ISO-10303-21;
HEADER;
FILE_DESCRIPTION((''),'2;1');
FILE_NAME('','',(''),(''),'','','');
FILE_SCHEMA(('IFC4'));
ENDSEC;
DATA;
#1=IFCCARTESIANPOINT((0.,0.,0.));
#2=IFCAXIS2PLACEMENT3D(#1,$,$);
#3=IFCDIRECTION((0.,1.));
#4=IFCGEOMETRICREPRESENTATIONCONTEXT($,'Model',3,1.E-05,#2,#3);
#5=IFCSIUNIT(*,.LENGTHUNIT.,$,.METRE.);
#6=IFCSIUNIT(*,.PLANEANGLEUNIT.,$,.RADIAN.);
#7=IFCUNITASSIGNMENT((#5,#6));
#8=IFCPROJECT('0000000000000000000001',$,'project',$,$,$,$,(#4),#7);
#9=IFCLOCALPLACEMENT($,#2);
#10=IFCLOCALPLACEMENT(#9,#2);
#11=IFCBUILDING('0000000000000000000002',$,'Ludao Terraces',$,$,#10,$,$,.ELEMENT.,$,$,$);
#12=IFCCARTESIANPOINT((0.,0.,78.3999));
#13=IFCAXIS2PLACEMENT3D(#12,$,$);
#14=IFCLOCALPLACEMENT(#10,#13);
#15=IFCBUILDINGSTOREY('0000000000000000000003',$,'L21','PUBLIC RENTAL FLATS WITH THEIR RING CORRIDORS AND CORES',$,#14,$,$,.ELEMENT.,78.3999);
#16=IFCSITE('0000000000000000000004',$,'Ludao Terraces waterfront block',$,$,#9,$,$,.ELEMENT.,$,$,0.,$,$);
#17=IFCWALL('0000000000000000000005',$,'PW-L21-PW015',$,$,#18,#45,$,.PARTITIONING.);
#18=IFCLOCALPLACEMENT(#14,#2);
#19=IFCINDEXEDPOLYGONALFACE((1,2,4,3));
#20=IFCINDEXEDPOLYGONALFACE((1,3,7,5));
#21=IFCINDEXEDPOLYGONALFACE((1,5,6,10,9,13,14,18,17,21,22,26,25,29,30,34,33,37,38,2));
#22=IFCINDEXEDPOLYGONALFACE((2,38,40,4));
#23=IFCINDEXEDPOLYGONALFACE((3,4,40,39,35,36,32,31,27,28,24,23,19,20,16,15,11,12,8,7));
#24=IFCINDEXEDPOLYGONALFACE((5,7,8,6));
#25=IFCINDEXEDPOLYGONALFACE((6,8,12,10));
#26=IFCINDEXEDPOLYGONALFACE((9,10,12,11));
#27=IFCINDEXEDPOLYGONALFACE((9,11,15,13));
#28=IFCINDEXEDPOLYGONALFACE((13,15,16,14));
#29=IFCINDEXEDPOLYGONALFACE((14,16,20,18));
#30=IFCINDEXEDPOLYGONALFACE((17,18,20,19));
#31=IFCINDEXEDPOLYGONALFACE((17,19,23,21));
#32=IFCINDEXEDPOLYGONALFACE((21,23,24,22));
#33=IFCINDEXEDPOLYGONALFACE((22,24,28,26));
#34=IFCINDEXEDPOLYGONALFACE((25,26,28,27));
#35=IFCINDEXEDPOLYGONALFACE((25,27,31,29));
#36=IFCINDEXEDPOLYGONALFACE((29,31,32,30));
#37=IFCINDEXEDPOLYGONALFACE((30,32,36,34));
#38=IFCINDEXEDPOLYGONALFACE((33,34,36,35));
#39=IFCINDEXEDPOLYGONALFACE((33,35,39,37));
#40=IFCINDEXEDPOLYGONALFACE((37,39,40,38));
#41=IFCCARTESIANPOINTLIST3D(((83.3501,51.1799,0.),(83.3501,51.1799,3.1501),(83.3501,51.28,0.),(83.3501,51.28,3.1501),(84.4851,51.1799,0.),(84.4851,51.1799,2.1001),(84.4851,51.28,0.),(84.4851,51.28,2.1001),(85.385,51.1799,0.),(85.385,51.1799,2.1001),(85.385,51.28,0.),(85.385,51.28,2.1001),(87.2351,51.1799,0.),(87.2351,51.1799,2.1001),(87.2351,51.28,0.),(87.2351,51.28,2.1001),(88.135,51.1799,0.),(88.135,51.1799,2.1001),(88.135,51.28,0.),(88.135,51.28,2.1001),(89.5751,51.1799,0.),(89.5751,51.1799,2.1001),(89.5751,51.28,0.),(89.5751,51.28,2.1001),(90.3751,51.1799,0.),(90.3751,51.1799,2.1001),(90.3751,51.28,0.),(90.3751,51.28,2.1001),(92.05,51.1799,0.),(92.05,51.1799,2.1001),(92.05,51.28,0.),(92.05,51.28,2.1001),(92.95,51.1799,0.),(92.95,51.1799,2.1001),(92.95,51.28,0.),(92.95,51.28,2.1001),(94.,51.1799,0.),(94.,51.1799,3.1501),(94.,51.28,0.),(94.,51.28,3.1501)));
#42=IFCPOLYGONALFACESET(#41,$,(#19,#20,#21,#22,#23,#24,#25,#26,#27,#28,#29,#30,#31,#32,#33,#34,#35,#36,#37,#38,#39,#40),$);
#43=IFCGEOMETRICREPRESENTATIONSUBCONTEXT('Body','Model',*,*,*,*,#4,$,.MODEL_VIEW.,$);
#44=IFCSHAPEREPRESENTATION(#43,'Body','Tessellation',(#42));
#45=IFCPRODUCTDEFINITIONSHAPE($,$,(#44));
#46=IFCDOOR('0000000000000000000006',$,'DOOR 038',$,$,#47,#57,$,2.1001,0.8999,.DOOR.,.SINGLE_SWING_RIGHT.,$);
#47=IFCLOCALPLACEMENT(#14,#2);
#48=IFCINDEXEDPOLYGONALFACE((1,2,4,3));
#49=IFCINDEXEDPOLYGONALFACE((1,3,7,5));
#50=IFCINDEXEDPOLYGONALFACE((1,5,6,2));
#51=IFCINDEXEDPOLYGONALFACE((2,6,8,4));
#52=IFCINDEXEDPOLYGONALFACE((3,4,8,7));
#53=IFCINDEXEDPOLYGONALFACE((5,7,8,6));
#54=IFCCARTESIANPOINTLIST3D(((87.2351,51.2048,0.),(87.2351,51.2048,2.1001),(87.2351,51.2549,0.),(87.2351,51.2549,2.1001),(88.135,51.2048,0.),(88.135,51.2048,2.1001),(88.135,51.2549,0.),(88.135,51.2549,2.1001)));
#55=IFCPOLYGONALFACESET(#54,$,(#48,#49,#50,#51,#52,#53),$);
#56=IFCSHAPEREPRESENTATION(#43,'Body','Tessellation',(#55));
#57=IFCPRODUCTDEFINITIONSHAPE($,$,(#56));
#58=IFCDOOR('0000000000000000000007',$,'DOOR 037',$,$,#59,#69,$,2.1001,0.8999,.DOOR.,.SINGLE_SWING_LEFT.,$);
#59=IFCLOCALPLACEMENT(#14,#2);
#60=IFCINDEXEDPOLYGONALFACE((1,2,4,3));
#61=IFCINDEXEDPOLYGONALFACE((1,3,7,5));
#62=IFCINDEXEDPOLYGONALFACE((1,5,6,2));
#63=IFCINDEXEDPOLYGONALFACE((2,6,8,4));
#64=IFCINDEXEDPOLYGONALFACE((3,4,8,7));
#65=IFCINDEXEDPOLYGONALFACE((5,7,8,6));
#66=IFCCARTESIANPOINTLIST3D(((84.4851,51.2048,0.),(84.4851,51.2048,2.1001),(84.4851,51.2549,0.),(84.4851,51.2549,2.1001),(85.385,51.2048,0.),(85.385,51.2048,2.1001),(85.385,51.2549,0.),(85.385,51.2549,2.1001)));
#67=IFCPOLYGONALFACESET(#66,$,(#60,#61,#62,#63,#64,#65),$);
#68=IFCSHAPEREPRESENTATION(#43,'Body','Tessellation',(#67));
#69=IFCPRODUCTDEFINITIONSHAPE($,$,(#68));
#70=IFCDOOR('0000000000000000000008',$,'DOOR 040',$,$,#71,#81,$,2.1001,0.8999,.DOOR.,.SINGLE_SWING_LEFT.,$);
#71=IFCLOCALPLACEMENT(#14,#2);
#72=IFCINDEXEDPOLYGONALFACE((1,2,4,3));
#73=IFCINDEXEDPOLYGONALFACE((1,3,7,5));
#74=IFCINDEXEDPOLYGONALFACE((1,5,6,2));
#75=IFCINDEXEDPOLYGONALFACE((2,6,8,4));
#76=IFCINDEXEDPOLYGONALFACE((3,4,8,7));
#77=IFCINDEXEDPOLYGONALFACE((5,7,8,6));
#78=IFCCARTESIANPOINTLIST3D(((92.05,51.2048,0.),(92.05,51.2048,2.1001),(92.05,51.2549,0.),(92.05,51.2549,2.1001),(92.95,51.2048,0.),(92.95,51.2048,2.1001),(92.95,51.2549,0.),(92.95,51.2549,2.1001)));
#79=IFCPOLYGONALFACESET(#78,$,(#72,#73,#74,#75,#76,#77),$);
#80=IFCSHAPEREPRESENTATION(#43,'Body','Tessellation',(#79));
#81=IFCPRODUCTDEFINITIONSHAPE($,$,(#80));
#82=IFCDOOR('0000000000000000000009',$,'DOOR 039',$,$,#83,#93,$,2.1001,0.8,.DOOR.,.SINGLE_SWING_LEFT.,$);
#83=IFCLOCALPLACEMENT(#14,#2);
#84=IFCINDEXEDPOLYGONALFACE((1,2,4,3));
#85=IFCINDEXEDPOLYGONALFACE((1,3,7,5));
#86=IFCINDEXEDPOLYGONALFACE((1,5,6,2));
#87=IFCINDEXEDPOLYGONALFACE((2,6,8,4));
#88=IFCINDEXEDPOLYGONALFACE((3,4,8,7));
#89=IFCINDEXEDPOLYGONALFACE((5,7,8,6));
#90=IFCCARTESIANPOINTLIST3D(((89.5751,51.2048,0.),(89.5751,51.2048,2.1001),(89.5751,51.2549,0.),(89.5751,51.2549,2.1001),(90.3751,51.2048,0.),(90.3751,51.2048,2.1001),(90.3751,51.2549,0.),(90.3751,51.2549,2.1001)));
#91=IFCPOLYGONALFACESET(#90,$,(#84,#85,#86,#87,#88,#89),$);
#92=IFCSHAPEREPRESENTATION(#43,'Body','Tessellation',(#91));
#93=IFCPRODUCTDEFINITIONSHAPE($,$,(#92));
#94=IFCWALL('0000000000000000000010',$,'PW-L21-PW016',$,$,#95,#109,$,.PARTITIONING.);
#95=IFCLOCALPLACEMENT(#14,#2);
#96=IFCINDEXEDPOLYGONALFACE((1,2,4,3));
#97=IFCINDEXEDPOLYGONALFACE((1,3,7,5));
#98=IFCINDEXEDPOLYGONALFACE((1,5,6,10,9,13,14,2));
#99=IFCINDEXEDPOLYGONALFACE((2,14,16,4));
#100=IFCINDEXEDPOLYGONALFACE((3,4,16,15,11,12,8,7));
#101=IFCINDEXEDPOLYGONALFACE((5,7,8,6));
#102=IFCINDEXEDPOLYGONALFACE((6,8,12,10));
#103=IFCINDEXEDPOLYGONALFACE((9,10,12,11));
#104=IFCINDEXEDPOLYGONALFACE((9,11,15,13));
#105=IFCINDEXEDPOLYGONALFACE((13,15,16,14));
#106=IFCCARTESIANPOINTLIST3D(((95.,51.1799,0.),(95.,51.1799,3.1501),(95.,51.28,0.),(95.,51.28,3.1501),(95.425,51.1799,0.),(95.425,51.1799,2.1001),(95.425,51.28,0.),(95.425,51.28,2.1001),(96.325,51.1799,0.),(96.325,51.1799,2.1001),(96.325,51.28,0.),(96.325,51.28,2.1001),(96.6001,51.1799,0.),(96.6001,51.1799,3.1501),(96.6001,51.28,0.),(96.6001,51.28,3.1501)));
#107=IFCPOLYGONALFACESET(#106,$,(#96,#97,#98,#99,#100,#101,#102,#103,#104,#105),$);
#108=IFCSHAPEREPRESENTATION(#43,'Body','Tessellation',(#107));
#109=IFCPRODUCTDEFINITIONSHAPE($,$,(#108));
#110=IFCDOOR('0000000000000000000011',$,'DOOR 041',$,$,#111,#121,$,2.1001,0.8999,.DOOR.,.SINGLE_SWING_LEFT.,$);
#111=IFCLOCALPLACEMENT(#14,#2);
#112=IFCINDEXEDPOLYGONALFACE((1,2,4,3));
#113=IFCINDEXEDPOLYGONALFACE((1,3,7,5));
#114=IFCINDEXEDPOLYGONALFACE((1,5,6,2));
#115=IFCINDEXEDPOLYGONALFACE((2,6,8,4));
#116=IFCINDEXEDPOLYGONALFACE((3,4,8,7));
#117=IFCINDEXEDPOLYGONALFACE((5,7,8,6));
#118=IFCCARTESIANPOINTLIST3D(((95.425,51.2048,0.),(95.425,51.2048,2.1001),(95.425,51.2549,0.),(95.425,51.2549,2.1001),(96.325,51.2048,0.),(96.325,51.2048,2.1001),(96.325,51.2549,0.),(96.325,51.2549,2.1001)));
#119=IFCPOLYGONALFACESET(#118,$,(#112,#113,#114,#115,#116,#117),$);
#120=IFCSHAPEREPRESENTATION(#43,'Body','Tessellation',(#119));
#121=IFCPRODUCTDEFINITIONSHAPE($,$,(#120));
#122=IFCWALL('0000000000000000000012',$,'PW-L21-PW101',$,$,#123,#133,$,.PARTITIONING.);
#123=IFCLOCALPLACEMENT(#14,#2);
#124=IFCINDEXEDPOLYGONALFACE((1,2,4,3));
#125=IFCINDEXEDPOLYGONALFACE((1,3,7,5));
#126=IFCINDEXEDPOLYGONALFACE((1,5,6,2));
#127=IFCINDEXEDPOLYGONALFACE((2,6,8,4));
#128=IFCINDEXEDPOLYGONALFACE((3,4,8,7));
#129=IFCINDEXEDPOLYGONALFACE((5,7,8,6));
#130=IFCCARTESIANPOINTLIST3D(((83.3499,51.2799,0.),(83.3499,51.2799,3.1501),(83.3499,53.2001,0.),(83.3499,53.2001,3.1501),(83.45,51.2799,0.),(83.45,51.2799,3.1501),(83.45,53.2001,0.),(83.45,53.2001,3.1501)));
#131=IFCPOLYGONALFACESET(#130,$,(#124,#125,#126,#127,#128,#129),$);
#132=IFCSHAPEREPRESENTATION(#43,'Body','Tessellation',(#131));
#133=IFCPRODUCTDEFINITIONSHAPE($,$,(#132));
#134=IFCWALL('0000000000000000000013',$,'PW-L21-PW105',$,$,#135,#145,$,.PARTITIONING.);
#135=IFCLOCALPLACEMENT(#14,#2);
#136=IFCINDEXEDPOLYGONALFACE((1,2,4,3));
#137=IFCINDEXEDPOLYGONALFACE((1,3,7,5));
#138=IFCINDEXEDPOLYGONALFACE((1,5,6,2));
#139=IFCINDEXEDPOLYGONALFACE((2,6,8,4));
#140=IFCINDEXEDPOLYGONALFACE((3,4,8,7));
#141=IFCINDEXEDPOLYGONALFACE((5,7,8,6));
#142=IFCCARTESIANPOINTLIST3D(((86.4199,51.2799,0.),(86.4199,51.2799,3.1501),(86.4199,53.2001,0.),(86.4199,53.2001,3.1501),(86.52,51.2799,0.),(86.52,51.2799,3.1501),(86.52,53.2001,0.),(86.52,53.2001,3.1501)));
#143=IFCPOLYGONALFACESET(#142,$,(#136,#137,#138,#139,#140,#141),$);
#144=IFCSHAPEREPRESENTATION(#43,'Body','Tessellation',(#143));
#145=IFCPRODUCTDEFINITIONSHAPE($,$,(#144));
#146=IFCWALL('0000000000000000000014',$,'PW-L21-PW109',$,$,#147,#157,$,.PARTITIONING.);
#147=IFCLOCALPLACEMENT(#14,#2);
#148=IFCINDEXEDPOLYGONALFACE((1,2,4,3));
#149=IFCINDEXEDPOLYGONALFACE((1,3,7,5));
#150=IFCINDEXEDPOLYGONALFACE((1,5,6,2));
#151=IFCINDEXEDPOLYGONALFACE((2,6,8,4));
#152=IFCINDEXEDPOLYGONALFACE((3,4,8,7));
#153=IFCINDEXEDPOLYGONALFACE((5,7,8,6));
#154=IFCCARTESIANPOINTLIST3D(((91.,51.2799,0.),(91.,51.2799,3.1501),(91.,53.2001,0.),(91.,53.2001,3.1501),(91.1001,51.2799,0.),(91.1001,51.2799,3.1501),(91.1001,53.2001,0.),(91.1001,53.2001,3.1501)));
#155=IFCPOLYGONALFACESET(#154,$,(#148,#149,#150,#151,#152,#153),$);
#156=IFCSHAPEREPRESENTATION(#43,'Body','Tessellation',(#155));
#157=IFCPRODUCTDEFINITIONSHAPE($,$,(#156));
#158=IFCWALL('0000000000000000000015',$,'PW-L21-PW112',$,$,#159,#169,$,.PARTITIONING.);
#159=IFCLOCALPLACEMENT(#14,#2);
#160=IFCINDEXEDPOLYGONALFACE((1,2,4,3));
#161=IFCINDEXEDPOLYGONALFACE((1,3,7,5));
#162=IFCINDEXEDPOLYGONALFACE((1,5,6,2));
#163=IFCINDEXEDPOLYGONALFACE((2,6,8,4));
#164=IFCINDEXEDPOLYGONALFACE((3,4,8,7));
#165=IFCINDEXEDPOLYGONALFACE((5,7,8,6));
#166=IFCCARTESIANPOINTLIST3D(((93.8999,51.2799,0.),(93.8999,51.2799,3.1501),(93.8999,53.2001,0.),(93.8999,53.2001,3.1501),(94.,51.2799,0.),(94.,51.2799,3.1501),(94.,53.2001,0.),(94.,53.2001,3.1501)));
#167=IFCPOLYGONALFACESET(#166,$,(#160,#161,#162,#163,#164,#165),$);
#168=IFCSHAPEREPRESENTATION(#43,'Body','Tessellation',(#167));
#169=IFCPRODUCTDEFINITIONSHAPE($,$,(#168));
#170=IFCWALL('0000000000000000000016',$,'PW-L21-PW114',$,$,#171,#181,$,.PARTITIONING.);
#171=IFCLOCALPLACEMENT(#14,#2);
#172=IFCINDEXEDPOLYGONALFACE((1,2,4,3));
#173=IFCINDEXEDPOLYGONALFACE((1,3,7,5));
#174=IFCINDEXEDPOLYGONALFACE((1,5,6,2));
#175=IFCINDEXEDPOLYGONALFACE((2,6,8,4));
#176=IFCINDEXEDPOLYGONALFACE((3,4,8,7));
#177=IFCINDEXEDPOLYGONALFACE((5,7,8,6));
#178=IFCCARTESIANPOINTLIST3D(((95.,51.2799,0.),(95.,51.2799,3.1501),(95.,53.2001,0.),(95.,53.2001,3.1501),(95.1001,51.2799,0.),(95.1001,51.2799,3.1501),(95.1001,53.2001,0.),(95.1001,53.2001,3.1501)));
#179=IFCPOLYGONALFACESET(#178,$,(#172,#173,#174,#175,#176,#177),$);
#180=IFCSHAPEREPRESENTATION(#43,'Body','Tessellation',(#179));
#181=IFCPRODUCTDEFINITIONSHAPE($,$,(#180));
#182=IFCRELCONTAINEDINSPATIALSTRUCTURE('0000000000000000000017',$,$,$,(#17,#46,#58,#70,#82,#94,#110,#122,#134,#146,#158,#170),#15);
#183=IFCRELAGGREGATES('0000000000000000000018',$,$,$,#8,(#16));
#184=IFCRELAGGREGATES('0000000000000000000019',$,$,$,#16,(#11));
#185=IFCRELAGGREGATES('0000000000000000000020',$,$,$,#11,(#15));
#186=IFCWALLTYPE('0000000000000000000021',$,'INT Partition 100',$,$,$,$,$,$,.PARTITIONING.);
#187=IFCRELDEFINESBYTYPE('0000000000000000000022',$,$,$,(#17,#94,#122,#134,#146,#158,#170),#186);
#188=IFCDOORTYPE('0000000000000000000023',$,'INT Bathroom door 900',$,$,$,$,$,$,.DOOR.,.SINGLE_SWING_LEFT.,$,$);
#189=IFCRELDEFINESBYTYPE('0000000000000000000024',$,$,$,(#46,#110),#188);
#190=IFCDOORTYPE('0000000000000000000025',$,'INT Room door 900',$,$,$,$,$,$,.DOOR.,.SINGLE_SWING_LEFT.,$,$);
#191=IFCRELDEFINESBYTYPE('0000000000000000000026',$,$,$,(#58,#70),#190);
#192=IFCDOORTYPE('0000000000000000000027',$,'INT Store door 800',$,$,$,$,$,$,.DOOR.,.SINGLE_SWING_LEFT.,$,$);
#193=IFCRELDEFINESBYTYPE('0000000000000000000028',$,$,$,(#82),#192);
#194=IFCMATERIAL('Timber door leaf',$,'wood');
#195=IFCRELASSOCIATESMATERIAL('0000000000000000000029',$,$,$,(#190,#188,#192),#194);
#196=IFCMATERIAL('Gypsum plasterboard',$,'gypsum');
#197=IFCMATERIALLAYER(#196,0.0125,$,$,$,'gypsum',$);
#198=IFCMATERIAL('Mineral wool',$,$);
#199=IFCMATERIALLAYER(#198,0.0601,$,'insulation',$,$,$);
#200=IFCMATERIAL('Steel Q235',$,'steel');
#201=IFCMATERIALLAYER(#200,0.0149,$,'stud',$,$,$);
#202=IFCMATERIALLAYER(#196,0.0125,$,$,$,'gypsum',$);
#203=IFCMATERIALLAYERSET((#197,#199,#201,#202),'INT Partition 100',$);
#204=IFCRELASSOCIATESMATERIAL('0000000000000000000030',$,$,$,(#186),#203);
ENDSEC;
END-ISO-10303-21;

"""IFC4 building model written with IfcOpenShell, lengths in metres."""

from ifc_helpers import new_model, si_unit, direction, frame, frame_2d, origin, place, context, subcontext, project, spatial, rectangle, extrude, material, layer, layer_set, type_object, element, fill, save


model = new_model("IFC4")

# Units and contexts
model_context = context("Model", 3, precision=1e-05, world=origin(), true_north=direction((0.0, 1.0)))
body_context = subcontext(model_context, "Body", "Model", "MODEL_VIEW")
ifc_project = project(units=[si_unit("LENGTHUNIT", "METRE"), si_unit("PLANEANGLEUNIT", "RADIAN")], contexts=[model_context])

# Site, building, storey
site_placement = place(None, origin())
site = spatial("IfcSite", under=ifc_project, at=site_placement, Name="Ludao Terraces waterfront block", CompositionType="ELEMENT", RefElevation=0.0)
building_placement = place(site_placement, origin())
building = spatial("IfcBuilding", under=site, at=building_placement, Name="Ludao Terraces", CompositionType="ELEMENT")
storey_placement = place(building_placement, frame((0.0, 0.0, 78.3999)))
storey = spatial("IfcBuildingStorey", under=building, at=storey_placement, Name="L21", Description="PUBLIC RENTAL FLATS WITH THEIR RING CORRIDORS AND CORES", CompositionType="ELEMENT", Elevation=78.3999)

# Shared definitions
ifc_material_1 = material(Name="Steel Q235", Category="steel")
ifc_material_2 = material(Name="Mineral wool")
ifc_material_3 = material(Name="Timber door leaf", Category="wood")
door_type_1 = type_object("IfcDoorType", Name="INT Room door 900", OperationType="SINGLE_SWING_LEFT", PredefinedType="DOOR", material=ifc_material_3)

# Shared definitions
ifc_material_4 = material(Name="Gypsum plasterboard", Category="gypsum")
ifc_layer_1 = layer(ifc_material_4, 0.0125, Category="gypsum")
ifc_layer_2 = layer(ifc_material_2, 0.0601, Name="insulation")
ifc_layer_3 = layer(ifc_material_1, 0.0149, Name="stud")
ifc_layer_4 = layer(ifc_material_4, 0.0125, Category="gypsum")
ifc_layer_set_1 = layer_set([ifc_layer_1, ifc_layer_2, ifc_layer_3, ifc_layer_4], Name="INT Partition 100")
wall_type_1 = type_object("IfcWallType", Name="INT Partition 100", PredefinedType="PARTITIONING", material=ifc_layer_set_1)

# Wall, openings, doors
wall_1_placement = place(storey_placement, frame((83.3501, 51.23, 0.0), z_axis=(0.0, 0.0, 1.0), x_axis=(1.0, 0.0, 0.0)))
wall_1 = element("IfcWall", 1, at=wall_1_placement, inside=storey, type_object=wall_type_1, Name="PW-L21-PW015", PredefinedType="PARTITIONING", context=body_context, shape_type="SweptSolid", body=[
    extrude(rectangle(XDim=10.6499, YDim=0.1001, at=frame_2d((5.325, 0.0))), origin(), (0.0, 0.0, 1.0), 3.1501),
])
opening_1_placement = place(wall_1_placement, frame((1.135, 0.0, 0.0)))
opening_1 = element("IfcOpeningElement", 2, at=opening_1_placement, cuts=wall_1, PredefinedType="OPENING", context=body_context, shape_type="SweptSolid", body=[
    extrude(rectangle(XDim=0.8999, YDim=2.1001, at=frame_2d((0.45, 1.05))), frame((0.0, 0.0601, 0.0), z_axis=(0.0, -1.0, 0.0), x_axis=(1.0, 0.0, 0.0)), (0.0, 0.0, 1.0), 0.1201),
])
opening_2_placement = place(wall_1_placement, frame((3.885, 0.0, 0.0)))
opening_2 = element("IfcOpeningElement", 3, at=opening_2_placement, cuts=wall_1, PredefinedType="OPENING", context=body_context, shape_type="SweptSolid", body=[
    extrude(rectangle(XDim=0.8999, YDim=2.1001, at=frame_2d((0.45, 1.05))), frame((0.0, 0.0601, 0.0), z_axis=(0.0, -1.0, 0.0), x_axis=(1.0, 0.0, 0.0)), (0.0, 0.0, 1.0), 0.1201),
])
opening_3_placement = place(wall_1_placement, frame((6.2251, 0.0, 0.0)))
opening_3 = element("IfcOpeningElement", 4, at=opening_3_placement, cuts=wall_1, PredefinedType="OPENING", context=body_context, shape_type="SweptSolid", body=[
    extrude(rectangle(XDim=0.8, YDim=2.1001, at=frame_2d((0.3999, 1.05))), frame((0.0, 0.0601, 0.0), z_axis=(0.0, -1.0, 0.0), x_axis=(1.0, 0.0, 0.0)), (0.0, 0.0, 1.0), 0.1201),
])
opening_4_placement = place(wall_1_placement, frame((8.7, 0.0, 0.0)))
opening_4 = element("IfcOpeningElement", 5, at=opening_4_placement, cuts=wall_1, PredefinedType="OPENING", context=body_context, shape_type="SweptSolid", body=[
    extrude(rectangle(XDim=0.8999, YDim=2.1001, at=frame_2d((0.45, 1.05))), frame((0.0, 0.0601, 0.0), z_axis=(0.0, -1.0, 0.0), x_axis=(1.0, 0.0, 0.0)), (0.0, 0.0, 1.0), 0.1201),
])
door_type_2 = type_object("IfcDoorType", Name="INT Bathroom door 900", OperationType="SINGLE_SWING_LEFT", PredefinedType="DOOR", material=ifc_material_3)
door_1_placement = place(opening_2_placement, origin())
door_1 = element("IfcDoor", 6, at=door_1_placement, inside=storey, type_object=door_type_2, Name="DOOR 038", OperationType="SINGLE_SWING_RIGHT", OverallHeight=2.1001, OverallWidth=0.8999, PredefinedType="DOOR", context=body_context, shape_type="SweptSolid", body=[
    extrude(rectangle(XDim=0.8999, YDim=2.1001, at=frame_2d((0.45, 1.05))), frame((0.0, 0.0249, 0.0), z_axis=(0.0, -1.0, 0.0), x_axis=(1.0, 0.0, 0.0)), (0.0, 0.0, 1.0), 0.05),
])
fill(opening_2, door_1)
door_2_placement = place(opening_1_placement, origin())
door_2 = element("IfcDoor", 7, at=door_2_placement, inside=storey, type_object=door_type_1, Name="DOOR 037", OperationType="SINGLE_SWING_LEFT", OverallHeight=2.1001, OverallWidth=0.8999, PredefinedType="DOOR", context=body_context, shape_type="SweptSolid", body=[
    extrude(rectangle(XDim=0.8999, YDim=2.1001, at=frame_2d((0.45, 1.05))), frame((0.0, 0.0249, 0.0), z_axis=(0.0, -1.0, 0.0), x_axis=(1.0, 0.0, 0.0)), (0.0, 0.0, 1.0), 0.05),
])
fill(opening_1, door_2)
door_3_placement = place(opening_4_placement, origin())
door_3 = element("IfcDoor", 8, at=door_3_placement, inside=storey, type_object=door_type_1, Name="DOOR 040", OperationType="SINGLE_SWING_LEFT", OverallHeight=2.1001, OverallWidth=0.8999, PredefinedType="DOOR", context=body_context, shape_type="SweptSolid", body=[
    extrude(rectangle(XDim=0.8999, YDim=2.1001, at=frame_2d((0.45, 1.05))), frame((0.0, 0.0249, 0.0), z_axis=(0.0, -1.0, 0.0), x_axis=(1.0, 0.0, 0.0)), (0.0, 0.0, 1.0), 0.05),
])
fill(opening_4, door_3)
door_type_3 = type_object("IfcDoorType", Name="INT Store door 800", OperationType="SINGLE_SWING_LEFT", PredefinedType="DOOR", material=ifc_material_3)
door_4_placement = place(opening_3_placement, origin())
door_4 = element("IfcDoor", 9, at=door_4_placement, inside=storey, type_object=door_type_3, Name="DOOR 039", OperationType="SINGLE_SWING_LEFT", OverallHeight=2.1001, OverallWidth=0.8, PredefinedType="DOOR", context=body_context, shape_type="SweptSolid", body=[
    extrude(rectangle(XDim=0.8, YDim=2.1001, at=frame_2d((0.3999, 1.05))), frame((0.0, 0.0249, 0.0), z_axis=(0.0, -1.0, 0.0), x_axis=(1.0, 0.0, 0.0)), (0.0, 0.0, 1.0), 0.05),
])
fill(opening_3, door_4)

# Wall, opening, door
wall_2_placement = place(storey_placement, frame((95.0, 51.23, 0.0), z_axis=(0.0, 0.0, 1.0), x_axis=(1.0, 0.0, 0.0)))
wall_2 = element("IfcWall", 10, at=wall_2_placement, inside=storey, type_object=wall_type_1, Name="PW-L21-PW016", PredefinedType="PARTITIONING", context=body_context, shape_type="SweptSolid", body=[
    extrude(rectangle(XDim=1.6001, YDim=0.1001, at=frame_2d((0.8, 0.0))), origin(), (0.0, 0.0, 1.0), 3.1501),
])
opening_5_placement = place(wall_2_placement, frame((0.425, 0.0, 0.0)))
opening_5 = element("IfcOpeningElement", 11, at=opening_5_placement, cuts=wall_2, PredefinedType="OPENING", context=body_context, shape_type="SweptSolid", body=[
    extrude(rectangle(XDim=0.8999, YDim=2.1001, at=frame_2d((0.45, 1.05))), frame((0.0, 0.0601, 0.0), z_axis=(0.0, -1.0, 0.0), x_axis=(1.0, 0.0, 0.0)), (0.0, 0.0, 1.0), 0.1201),
])
door_5_placement = place(opening_5_placement, origin())
door_5 = element("IfcDoor", 12, at=door_5_placement, inside=storey, type_object=door_type_2, Name="DOOR 041", OperationType="SINGLE_SWING_LEFT", OverallHeight=2.1001, OverallWidth=0.8999, PredefinedType="DOOR", context=body_context, shape_type="SweptSolid", body=[
    extrude(rectangle(XDim=0.8999, YDim=2.1001, at=frame_2d((0.45, 1.05))), frame((0.0, 0.0249, 0.0), z_axis=(0.0, -1.0, 0.0), x_axis=(1.0, 0.0, 0.0)), (0.0, 0.0, 1.0), 0.05),
])
fill(opening_5, door_5)

# Walls
for number, where, z_axis, x_axis, name in (
    (13, (83.3999, 51.28, 0.0), (0.0, 0.0, 1.0), (0.0, 1.0, 0.0), "PW-L21-PW101"),
    (14, (86.47, 51.28, 0.0), (0.0, 0.0, 1.0), (0.0, 1.0, 0.0), "PW-L21-PW105"),
    (15, (91.05, 51.28, 0.0), (0.0, 0.0, 1.0), (0.0, 1.0, 0.0), "PW-L21-PW109"),
    (16, (93.95, 51.28, 0.0), (0.0, 0.0, 1.0), (0.0, 1.0, 0.0), "PW-L21-PW112"),
    (17, (95.05, 51.28, 0.0), (0.0, 0.0, 1.0), (0.0, 1.0, 0.0), "PW-L21-PW114"),
):
    element("IfcWall", number, at=place(storey_placement, frame(where, z_axis=z_axis, x_axis=x_axis)), inside=storey, type_object=wall_type_1, Name=name, PredefinedType="PARTITIONING", context=body_context, shape_type="SweptSolid", body=[
        extrude(rectangle(XDim=1.9202, YDim=0.1001, at=frame_2d((0.96, 0.0))), origin(), (0.0, 0.0, 1.0), 3.1501),
    ])

save(model, "model.ifc")
